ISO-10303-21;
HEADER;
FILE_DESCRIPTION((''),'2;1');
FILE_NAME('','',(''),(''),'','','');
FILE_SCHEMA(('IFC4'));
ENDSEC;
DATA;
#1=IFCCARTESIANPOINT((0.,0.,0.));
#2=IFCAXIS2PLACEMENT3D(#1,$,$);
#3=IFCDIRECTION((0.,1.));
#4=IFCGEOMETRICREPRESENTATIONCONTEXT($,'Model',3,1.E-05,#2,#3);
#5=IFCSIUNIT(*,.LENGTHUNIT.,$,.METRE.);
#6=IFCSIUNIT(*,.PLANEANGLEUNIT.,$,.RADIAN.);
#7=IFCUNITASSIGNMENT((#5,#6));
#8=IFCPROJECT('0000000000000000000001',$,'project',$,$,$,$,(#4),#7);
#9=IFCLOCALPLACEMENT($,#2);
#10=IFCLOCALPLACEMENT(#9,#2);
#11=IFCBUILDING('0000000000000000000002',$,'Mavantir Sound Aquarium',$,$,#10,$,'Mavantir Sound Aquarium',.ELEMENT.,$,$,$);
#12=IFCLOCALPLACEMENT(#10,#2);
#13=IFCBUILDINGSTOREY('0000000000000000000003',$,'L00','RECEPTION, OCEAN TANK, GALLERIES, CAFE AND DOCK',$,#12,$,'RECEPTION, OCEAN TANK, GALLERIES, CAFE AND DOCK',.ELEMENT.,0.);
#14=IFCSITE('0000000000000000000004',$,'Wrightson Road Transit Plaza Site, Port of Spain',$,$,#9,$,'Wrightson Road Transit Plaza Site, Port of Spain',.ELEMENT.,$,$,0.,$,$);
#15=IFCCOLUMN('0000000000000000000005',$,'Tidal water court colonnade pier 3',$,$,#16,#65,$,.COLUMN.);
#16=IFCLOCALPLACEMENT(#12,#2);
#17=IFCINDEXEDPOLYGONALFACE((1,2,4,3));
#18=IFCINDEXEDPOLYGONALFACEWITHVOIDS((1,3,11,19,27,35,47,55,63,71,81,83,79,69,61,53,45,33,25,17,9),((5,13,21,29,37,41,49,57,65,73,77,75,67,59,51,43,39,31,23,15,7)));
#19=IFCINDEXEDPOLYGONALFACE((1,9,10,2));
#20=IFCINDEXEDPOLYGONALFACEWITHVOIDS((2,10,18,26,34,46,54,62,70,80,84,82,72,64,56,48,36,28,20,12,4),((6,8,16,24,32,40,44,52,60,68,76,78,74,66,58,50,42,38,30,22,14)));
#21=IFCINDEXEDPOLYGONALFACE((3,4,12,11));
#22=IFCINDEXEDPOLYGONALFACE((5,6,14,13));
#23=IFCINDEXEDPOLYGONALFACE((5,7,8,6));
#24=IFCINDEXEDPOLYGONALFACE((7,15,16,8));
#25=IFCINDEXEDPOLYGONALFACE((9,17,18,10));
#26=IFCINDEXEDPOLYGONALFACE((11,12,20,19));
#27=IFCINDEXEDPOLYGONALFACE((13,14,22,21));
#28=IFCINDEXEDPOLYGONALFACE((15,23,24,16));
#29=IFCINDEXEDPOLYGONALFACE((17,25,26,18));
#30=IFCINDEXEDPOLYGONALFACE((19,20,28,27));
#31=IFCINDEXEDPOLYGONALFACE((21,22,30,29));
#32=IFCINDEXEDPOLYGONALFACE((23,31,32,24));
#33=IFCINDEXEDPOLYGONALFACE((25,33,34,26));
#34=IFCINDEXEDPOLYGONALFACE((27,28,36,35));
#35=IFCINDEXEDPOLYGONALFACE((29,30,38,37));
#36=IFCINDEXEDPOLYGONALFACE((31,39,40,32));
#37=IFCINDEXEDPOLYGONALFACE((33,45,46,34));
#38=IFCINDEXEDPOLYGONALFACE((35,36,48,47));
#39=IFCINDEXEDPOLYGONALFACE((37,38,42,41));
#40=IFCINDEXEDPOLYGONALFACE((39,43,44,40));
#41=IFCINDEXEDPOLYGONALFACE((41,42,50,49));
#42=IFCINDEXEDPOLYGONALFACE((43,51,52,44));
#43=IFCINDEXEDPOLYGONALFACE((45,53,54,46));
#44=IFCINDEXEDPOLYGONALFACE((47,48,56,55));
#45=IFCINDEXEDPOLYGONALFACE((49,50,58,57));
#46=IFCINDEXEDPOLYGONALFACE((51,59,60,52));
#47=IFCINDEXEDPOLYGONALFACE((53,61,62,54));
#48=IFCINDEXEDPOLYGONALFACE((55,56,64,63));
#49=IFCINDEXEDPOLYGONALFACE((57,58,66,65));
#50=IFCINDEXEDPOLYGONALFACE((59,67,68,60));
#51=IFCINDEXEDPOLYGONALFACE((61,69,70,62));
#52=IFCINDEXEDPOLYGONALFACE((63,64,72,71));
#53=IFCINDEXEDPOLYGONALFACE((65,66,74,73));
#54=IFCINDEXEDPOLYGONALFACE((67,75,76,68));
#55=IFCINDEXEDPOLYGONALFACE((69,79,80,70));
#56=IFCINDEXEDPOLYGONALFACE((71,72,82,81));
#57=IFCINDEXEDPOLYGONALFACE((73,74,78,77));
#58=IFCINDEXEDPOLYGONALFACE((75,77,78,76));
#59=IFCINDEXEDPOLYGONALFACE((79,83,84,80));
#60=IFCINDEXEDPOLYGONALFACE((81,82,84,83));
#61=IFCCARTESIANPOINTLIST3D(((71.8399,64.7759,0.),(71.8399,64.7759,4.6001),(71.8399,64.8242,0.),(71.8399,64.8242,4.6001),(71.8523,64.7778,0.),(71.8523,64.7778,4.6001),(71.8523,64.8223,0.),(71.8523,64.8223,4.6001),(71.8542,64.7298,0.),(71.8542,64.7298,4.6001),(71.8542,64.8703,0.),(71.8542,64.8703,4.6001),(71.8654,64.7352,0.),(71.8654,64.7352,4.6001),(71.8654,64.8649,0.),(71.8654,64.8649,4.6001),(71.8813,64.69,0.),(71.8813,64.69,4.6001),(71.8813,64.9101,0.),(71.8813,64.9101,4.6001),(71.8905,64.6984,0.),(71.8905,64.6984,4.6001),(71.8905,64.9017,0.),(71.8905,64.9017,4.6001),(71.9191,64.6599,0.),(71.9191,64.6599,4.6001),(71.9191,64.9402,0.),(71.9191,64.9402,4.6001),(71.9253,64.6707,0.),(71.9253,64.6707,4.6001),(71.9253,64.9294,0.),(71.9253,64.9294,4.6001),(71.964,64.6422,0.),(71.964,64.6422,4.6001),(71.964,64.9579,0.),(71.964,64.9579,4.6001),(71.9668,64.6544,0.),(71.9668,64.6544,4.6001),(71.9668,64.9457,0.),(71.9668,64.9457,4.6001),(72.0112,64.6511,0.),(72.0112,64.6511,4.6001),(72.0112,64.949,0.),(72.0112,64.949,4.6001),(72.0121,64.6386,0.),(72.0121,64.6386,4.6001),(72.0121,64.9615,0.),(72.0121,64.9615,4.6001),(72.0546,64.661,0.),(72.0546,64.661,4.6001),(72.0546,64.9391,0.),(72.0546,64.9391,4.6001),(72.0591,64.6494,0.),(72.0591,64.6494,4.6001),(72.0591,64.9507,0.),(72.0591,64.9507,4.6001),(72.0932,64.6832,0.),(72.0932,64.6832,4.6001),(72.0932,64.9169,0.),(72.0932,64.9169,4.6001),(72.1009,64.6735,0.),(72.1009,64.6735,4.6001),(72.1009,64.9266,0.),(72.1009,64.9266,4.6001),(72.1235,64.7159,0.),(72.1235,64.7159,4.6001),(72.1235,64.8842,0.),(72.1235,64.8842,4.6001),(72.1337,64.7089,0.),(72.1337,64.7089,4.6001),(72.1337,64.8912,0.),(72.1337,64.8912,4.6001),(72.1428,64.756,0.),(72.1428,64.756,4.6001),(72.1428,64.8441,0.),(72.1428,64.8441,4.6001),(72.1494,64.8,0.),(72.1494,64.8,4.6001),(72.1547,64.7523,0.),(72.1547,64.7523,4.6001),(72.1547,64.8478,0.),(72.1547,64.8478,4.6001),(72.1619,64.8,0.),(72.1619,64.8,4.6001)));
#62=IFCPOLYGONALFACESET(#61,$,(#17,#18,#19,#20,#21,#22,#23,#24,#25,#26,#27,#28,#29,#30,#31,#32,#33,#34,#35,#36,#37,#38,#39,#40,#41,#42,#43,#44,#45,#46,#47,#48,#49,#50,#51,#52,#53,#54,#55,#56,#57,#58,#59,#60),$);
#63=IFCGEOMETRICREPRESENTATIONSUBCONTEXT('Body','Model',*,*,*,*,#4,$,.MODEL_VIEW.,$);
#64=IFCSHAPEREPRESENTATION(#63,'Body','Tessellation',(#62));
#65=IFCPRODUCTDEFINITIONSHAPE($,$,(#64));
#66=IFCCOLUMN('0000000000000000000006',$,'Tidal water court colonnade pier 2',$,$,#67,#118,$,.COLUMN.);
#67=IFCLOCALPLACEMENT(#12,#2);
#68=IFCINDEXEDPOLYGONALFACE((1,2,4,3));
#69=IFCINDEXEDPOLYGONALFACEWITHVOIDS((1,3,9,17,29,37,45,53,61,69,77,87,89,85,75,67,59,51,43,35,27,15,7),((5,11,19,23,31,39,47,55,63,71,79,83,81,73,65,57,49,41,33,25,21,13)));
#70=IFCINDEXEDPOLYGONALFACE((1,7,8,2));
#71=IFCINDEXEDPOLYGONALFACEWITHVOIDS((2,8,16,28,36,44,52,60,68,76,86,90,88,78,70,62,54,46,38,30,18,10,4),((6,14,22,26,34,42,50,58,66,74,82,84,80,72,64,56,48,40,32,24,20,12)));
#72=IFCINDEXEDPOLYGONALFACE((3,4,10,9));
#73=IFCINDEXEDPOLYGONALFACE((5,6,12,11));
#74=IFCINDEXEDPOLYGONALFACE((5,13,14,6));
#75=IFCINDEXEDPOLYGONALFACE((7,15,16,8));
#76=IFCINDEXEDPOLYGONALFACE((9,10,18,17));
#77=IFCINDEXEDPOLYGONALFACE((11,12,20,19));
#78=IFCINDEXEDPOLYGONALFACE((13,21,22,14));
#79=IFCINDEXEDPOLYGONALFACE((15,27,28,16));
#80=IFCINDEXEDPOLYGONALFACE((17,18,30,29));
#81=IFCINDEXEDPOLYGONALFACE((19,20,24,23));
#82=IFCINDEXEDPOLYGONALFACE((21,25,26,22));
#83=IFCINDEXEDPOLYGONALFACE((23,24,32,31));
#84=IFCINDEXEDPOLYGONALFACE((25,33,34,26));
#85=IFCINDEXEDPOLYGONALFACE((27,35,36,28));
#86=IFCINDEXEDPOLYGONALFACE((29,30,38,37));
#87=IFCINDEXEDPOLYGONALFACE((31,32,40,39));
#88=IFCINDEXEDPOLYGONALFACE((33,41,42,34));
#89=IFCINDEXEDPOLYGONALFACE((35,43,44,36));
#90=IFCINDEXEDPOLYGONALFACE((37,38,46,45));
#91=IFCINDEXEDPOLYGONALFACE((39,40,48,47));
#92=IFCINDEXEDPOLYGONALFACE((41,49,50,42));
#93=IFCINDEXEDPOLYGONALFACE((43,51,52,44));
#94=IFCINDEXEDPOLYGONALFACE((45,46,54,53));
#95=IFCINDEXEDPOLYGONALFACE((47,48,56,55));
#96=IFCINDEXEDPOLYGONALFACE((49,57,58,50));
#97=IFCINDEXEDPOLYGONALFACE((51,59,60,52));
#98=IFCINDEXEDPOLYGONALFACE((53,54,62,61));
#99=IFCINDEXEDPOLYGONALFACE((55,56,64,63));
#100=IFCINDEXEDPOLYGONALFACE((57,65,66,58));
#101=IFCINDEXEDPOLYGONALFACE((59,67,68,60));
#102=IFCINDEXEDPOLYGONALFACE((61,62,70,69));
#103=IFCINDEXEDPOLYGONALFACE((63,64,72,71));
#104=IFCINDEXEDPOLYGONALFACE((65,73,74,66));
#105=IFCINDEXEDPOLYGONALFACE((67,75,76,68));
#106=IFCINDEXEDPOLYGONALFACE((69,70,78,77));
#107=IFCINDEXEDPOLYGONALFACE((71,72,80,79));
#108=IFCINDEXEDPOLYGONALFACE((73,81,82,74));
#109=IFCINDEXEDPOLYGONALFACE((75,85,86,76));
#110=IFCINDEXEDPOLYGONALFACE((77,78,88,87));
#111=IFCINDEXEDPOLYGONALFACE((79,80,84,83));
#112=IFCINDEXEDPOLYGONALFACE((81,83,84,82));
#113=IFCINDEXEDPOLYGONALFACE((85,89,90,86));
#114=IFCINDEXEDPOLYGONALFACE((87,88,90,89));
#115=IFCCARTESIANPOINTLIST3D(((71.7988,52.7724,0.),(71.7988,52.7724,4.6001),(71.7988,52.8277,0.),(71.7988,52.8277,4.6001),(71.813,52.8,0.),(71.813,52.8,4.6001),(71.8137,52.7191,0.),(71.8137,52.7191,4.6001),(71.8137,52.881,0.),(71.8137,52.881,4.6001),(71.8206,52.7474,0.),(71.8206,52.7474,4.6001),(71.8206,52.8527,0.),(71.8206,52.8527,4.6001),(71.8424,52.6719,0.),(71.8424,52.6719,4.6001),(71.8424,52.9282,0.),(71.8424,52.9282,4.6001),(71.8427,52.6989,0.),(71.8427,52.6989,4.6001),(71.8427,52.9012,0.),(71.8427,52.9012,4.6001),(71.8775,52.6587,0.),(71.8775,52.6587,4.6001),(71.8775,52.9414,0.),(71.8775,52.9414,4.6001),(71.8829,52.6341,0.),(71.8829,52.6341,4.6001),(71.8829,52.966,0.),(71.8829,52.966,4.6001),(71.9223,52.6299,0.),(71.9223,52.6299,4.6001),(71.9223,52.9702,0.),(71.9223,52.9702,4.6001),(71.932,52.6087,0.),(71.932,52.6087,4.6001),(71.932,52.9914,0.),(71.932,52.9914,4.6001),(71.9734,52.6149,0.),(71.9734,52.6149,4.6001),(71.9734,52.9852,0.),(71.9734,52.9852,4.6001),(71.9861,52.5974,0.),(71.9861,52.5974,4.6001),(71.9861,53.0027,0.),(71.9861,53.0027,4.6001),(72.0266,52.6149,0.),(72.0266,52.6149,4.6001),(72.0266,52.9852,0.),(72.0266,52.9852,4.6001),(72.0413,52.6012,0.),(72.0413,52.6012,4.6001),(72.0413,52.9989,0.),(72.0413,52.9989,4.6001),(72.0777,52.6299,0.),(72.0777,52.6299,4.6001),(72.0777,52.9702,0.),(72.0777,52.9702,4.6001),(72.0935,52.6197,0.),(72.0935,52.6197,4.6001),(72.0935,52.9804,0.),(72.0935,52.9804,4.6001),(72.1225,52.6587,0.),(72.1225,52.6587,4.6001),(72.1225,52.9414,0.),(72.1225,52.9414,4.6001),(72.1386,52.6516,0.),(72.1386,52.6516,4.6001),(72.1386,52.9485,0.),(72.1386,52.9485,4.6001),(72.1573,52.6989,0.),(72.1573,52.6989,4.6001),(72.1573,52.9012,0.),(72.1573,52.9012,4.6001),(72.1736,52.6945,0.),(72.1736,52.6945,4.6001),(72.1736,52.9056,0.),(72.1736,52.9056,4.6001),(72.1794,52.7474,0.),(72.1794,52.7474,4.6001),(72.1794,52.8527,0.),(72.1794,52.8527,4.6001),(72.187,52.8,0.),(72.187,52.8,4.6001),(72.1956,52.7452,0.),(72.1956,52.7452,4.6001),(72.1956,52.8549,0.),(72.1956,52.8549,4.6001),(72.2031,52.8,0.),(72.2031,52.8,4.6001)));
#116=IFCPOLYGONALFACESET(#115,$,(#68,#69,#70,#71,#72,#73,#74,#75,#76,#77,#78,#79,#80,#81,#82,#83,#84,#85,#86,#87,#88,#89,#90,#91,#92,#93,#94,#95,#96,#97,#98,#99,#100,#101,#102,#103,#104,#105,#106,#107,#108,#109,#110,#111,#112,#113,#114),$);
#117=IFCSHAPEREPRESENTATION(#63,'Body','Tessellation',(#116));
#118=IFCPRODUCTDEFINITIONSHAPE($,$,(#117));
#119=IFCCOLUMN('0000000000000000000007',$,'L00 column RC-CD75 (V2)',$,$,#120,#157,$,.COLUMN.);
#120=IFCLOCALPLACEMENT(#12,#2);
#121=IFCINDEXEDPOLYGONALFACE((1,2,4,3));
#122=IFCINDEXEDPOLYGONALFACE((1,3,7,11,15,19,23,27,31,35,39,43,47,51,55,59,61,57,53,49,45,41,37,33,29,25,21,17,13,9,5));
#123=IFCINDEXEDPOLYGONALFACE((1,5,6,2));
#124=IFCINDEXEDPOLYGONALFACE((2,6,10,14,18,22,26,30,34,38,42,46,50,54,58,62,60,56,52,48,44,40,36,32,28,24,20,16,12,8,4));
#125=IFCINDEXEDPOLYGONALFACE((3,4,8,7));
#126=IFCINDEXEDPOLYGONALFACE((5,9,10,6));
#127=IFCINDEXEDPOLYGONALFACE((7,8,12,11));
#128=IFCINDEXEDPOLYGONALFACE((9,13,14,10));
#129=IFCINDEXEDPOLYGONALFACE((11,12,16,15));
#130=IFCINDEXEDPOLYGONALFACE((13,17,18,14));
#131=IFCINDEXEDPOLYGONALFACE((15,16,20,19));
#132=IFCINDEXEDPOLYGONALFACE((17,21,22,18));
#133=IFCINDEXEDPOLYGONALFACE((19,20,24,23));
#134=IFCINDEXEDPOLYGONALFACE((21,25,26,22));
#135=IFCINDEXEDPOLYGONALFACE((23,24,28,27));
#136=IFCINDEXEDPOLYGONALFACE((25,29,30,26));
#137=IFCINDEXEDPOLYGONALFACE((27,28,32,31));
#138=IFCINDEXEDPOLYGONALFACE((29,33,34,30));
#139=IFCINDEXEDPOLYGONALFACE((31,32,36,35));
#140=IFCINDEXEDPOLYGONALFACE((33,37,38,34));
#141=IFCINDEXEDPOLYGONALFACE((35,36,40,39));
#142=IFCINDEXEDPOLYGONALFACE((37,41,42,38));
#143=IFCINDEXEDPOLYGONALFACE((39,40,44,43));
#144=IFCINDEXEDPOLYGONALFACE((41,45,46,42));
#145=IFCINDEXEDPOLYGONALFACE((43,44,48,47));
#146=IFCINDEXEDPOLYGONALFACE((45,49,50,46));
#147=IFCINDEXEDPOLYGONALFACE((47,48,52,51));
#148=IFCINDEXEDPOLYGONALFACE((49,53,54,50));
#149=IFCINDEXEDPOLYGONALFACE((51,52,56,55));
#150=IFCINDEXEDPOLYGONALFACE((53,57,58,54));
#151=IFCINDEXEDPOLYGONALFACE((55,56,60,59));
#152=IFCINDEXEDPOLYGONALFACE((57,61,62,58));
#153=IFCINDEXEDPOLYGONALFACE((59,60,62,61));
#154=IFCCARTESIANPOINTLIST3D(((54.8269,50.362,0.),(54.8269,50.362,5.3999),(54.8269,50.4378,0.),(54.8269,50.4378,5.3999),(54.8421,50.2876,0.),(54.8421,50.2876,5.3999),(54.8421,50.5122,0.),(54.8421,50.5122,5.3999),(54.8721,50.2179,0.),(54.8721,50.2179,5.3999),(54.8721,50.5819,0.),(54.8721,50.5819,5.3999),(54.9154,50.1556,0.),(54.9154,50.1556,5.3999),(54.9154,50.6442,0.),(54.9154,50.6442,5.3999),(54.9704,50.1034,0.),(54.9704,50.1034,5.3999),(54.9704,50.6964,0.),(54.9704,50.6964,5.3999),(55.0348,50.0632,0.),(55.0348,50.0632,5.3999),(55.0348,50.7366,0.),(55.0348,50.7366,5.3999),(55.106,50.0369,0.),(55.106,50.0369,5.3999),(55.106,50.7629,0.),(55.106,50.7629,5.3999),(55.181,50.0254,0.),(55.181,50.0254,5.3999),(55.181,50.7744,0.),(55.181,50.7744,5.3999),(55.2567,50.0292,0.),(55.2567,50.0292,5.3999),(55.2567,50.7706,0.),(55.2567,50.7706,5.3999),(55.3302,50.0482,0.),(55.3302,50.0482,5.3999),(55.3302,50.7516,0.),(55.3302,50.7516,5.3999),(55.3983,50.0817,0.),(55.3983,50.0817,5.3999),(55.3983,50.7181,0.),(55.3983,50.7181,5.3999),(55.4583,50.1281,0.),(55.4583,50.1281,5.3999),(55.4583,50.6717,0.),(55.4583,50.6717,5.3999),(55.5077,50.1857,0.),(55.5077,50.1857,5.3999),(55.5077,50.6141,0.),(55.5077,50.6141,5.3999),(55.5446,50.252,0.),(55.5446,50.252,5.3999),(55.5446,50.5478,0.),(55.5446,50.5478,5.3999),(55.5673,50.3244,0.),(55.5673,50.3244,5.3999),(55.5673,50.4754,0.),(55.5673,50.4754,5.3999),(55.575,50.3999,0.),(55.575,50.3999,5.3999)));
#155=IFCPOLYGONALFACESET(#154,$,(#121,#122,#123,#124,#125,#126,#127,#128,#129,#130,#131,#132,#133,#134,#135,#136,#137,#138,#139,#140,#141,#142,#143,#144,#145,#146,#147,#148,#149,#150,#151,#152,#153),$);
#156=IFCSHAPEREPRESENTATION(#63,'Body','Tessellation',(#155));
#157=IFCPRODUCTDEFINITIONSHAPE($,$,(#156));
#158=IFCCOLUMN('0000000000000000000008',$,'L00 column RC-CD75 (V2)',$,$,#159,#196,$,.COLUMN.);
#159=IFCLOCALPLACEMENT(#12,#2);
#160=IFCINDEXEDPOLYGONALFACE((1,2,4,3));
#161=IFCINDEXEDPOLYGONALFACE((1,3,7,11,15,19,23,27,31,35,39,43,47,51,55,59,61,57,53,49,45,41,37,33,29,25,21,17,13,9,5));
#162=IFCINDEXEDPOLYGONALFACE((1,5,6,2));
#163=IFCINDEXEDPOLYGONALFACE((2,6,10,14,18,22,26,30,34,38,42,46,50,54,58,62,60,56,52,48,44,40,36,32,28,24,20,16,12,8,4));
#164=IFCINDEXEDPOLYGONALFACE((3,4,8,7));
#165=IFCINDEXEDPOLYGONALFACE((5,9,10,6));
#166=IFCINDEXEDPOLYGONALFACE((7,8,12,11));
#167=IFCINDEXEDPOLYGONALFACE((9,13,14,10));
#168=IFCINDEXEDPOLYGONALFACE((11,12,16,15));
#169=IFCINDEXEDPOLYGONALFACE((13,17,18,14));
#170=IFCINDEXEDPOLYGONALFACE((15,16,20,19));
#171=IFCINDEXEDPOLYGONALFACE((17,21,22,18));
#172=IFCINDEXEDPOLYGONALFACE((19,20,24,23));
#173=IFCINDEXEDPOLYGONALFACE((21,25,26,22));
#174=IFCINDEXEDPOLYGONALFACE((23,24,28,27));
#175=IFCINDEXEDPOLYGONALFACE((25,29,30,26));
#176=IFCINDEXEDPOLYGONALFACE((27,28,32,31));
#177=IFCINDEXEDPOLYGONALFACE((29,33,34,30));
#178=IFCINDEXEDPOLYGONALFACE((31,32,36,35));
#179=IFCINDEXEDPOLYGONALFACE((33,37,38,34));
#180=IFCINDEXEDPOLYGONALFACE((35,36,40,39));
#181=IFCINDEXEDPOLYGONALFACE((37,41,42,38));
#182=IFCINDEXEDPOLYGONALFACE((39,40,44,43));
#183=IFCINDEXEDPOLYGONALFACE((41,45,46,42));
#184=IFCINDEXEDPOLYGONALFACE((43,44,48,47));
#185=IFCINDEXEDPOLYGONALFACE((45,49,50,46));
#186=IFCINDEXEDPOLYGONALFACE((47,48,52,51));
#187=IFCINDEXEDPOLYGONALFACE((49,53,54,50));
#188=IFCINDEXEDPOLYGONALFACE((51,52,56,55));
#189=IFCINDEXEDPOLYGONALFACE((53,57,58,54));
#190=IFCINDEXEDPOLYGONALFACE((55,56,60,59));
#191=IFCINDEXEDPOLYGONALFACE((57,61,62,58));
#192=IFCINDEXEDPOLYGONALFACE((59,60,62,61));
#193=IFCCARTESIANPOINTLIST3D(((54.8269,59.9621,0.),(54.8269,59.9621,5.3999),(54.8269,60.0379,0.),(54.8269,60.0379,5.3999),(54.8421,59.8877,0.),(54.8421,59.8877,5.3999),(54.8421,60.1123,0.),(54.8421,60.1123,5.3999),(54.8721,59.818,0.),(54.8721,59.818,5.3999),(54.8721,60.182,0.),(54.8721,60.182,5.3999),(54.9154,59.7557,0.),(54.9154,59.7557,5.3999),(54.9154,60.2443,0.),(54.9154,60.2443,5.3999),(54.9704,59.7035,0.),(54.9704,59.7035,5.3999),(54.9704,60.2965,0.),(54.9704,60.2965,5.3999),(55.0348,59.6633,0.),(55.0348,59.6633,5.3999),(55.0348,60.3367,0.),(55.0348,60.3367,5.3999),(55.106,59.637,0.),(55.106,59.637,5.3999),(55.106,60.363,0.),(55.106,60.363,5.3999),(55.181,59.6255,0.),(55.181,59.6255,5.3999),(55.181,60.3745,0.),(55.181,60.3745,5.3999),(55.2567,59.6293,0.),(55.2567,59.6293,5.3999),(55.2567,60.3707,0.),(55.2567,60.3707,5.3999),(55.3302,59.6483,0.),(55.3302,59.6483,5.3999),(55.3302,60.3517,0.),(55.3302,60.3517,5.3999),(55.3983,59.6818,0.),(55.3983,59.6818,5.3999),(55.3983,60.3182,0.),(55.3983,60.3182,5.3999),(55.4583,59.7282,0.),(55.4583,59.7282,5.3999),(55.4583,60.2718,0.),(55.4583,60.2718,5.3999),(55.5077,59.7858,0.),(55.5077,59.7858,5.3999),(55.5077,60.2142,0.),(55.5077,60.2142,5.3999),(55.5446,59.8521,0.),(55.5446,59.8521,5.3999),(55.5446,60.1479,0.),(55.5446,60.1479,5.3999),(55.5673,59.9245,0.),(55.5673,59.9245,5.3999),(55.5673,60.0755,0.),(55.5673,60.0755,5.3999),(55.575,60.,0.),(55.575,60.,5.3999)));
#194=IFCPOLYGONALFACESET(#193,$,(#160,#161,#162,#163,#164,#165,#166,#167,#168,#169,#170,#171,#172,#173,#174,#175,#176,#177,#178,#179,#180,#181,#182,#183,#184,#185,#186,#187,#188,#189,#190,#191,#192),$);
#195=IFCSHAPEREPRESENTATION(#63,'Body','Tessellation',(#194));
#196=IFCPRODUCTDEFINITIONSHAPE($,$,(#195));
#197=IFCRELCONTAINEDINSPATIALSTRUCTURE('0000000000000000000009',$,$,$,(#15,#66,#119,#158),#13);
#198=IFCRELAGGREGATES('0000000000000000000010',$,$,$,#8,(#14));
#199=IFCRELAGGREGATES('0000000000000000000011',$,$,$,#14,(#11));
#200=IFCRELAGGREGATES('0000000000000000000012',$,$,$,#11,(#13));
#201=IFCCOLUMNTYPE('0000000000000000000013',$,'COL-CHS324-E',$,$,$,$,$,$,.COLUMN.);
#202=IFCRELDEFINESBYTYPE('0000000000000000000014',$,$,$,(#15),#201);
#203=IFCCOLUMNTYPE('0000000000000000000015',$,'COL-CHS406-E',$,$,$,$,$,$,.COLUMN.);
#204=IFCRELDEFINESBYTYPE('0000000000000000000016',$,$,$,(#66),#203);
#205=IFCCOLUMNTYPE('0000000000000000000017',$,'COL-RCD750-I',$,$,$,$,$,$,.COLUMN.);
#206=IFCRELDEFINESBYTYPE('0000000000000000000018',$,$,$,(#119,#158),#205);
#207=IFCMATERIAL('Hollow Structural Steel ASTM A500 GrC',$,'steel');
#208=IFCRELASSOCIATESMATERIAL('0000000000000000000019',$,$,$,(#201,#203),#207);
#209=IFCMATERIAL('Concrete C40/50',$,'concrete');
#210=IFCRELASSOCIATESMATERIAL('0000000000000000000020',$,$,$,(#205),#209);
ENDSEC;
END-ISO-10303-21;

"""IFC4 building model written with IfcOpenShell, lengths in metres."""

from ifc_helpers import new_model, si_unit, direction, frame, origin, origin_2d, place, context, subcontext, project, spatial, circle, hollow_circle, extrude, material, material_profile, profile_set, type_object, element, save


model = new_model("IFC4")

# Units and contexts
model_context = context("Model", 3, precision=1e-05, world=origin(), true_north=direction((0.0, 1.0)))
body_context = subcontext(model_context, "Body", "Model", "MODEL_VIEW")
ifc_project = project(units=[si_unit("LENGTHUNIT", "METRE"), si_unit("PLANEANGLEUNIT", "RADIAN")], contexts=[model_context])

# Site, building, storey
site_placement = place(None, origin())
site = spatial("IfcSite", under=ifc_project, at=site_placement, Name="Wrightson Road Transit Plaza Site, Port of Spain", LongName="Wrightson Road Transit Plaza Site, Port of Spain", CompositionType="ELEMENT", RefElevation=0.0)
building_placement = place(site_placement, origin())
building = spatial("IfcBuilding", under=site, at=building_placement, Name="Mavantir Sound Aquarium", LongName="Mavantir Sound Aquarium", CompositionType="ELEMENT")
storey_placement = place(building_placement, origin())
storey = spatial("IfcBuildingStorey", under=building, at=storey_placement, Name="L00", Description="RECEPTION, OCEAN TANK, GALLERIES, CAFE AND DOCK", LongName="RECEPTION, OCEAN TANK, GALLERIES, CAFE AND DOCK", CompositionType="ELEMENT", Elevation=0.0)

# Columns
ifc_material_1 = material(Name="Hollow Structural Steel ASTM A500 GrC", Category="steel")
ifc_material_profile_1 = material_profile(ifc_material_1, hollow_circle(Radius=0.1619, WallThickness=0.0125, at=origin_2d()), Name="CHS 323.9X12.5")
ifc_profile_set_1 = profile_set([ifc_material_profile_1], Name="Hollow Structural Steel ASTM A500 GrC")
column_type_1 = type_object("IfcColumnType", Name="COL-CHS324-E", PredefinedType="COLUMN", material=ifc_profile_set_1)
column_1_placement = place(storey_placement, frame((72.0, 64.8, 0.0), z_axis=(0.0, 0.0, 1.0), x_axis=(1.0, 0.0, 0.0)))
element("IfcColumn", 1, at=column_1_placement, inside=storey, type_object=column_type_1, Name="Tidal water court colonnade pier 3", PredefinedType="COLUMN", context=body_context, shape_type="SweptSolid", body=[
    extrude(hollow_circle(Radius=0.1619, WallThickness=0.0125, at=origin_2d()), origin(), (0.0, 0.0, 1.0), 4.6001),
])
ifc_material_profile_2 = material_profile(ifc_material_1, hollow_circle(Radius=0.2031, WallThickness=0.0161, at=origin_2d()), Name="CHS 406.4X16")
ifc_profile_set_2 = profile_set([ifc_material_profile_2], Name="Hollow Structural Steel ASTM A500 GrC")
column_type_2 = type_object("IfcColumnType", Name="COL-CHS406-E", PredefinedType="COLUMN", material=ifc_profile_set_2)
column_2_placement = place(storey_placement, frame((72.0, 52.8, 0.0), z_axis=(0.0, 0.0, 1.0), x_axis=(1.0, 0.0, 0.0)))
element("IfcColumn", 2, at=column_2_placement, inside=storey, type_object=column_type_2, Name="Tidal water court colonnade pier 2", PredefinedType="COLUMN", context=body_context, shape_type="SweptSolid", body=[
    extrude(hollow_circle(Radius=0.2031, WallThickness=0.0161, at=origin_2d()), origin(), (0.0, 0.0, 1.0), 4.6001),
])
ifc_material_2 = material(Name="Concrete C40/50", Category="concrete")
ifc_material_profile_3 = material_profile(ifc_material_2, circle(Radius=0.375, at=origin_2d()), Name="RC D750")
ifc_profile_set_3 = profile_set([ifc_material_profile_3], Name="Concrete C40/50")
column_type_3 = type_object("IfcColumnType", Name="COL-RCD750-I", PredefinedType="COLUMN", material=ifc_profile_set_3)
for number, where, z_axis, x_axis, name in (
    (3, (55.2, 50.3999, 0.0), (0.0, 0.0, 1.0), (1.0, 0.0, 0.0), "L00 column RC-CD75 (V2)"),
    (4, (55.2, 60.0, 0.0), (0.0, 0.0, 1.0), (1.0, 0.0, 0.0), "L00 column RC-CD75 (V2)"),
):
    element("IfcColumn", number, at=place(storey_placement, frame(where, z_axis=z_axis, x_axis=x_axis)), inside=storey, type_object=column_type_3, Name=name, PredefinedType="COLUMN", context=body_context, shape_type="SweptSolid", body=[
        extrude(circle(Radius=0.375, at=origin_2d()), origin(), (0.0, 0.0, 1.0), 5.3999),
    ])

save(model, "model.ifc")
